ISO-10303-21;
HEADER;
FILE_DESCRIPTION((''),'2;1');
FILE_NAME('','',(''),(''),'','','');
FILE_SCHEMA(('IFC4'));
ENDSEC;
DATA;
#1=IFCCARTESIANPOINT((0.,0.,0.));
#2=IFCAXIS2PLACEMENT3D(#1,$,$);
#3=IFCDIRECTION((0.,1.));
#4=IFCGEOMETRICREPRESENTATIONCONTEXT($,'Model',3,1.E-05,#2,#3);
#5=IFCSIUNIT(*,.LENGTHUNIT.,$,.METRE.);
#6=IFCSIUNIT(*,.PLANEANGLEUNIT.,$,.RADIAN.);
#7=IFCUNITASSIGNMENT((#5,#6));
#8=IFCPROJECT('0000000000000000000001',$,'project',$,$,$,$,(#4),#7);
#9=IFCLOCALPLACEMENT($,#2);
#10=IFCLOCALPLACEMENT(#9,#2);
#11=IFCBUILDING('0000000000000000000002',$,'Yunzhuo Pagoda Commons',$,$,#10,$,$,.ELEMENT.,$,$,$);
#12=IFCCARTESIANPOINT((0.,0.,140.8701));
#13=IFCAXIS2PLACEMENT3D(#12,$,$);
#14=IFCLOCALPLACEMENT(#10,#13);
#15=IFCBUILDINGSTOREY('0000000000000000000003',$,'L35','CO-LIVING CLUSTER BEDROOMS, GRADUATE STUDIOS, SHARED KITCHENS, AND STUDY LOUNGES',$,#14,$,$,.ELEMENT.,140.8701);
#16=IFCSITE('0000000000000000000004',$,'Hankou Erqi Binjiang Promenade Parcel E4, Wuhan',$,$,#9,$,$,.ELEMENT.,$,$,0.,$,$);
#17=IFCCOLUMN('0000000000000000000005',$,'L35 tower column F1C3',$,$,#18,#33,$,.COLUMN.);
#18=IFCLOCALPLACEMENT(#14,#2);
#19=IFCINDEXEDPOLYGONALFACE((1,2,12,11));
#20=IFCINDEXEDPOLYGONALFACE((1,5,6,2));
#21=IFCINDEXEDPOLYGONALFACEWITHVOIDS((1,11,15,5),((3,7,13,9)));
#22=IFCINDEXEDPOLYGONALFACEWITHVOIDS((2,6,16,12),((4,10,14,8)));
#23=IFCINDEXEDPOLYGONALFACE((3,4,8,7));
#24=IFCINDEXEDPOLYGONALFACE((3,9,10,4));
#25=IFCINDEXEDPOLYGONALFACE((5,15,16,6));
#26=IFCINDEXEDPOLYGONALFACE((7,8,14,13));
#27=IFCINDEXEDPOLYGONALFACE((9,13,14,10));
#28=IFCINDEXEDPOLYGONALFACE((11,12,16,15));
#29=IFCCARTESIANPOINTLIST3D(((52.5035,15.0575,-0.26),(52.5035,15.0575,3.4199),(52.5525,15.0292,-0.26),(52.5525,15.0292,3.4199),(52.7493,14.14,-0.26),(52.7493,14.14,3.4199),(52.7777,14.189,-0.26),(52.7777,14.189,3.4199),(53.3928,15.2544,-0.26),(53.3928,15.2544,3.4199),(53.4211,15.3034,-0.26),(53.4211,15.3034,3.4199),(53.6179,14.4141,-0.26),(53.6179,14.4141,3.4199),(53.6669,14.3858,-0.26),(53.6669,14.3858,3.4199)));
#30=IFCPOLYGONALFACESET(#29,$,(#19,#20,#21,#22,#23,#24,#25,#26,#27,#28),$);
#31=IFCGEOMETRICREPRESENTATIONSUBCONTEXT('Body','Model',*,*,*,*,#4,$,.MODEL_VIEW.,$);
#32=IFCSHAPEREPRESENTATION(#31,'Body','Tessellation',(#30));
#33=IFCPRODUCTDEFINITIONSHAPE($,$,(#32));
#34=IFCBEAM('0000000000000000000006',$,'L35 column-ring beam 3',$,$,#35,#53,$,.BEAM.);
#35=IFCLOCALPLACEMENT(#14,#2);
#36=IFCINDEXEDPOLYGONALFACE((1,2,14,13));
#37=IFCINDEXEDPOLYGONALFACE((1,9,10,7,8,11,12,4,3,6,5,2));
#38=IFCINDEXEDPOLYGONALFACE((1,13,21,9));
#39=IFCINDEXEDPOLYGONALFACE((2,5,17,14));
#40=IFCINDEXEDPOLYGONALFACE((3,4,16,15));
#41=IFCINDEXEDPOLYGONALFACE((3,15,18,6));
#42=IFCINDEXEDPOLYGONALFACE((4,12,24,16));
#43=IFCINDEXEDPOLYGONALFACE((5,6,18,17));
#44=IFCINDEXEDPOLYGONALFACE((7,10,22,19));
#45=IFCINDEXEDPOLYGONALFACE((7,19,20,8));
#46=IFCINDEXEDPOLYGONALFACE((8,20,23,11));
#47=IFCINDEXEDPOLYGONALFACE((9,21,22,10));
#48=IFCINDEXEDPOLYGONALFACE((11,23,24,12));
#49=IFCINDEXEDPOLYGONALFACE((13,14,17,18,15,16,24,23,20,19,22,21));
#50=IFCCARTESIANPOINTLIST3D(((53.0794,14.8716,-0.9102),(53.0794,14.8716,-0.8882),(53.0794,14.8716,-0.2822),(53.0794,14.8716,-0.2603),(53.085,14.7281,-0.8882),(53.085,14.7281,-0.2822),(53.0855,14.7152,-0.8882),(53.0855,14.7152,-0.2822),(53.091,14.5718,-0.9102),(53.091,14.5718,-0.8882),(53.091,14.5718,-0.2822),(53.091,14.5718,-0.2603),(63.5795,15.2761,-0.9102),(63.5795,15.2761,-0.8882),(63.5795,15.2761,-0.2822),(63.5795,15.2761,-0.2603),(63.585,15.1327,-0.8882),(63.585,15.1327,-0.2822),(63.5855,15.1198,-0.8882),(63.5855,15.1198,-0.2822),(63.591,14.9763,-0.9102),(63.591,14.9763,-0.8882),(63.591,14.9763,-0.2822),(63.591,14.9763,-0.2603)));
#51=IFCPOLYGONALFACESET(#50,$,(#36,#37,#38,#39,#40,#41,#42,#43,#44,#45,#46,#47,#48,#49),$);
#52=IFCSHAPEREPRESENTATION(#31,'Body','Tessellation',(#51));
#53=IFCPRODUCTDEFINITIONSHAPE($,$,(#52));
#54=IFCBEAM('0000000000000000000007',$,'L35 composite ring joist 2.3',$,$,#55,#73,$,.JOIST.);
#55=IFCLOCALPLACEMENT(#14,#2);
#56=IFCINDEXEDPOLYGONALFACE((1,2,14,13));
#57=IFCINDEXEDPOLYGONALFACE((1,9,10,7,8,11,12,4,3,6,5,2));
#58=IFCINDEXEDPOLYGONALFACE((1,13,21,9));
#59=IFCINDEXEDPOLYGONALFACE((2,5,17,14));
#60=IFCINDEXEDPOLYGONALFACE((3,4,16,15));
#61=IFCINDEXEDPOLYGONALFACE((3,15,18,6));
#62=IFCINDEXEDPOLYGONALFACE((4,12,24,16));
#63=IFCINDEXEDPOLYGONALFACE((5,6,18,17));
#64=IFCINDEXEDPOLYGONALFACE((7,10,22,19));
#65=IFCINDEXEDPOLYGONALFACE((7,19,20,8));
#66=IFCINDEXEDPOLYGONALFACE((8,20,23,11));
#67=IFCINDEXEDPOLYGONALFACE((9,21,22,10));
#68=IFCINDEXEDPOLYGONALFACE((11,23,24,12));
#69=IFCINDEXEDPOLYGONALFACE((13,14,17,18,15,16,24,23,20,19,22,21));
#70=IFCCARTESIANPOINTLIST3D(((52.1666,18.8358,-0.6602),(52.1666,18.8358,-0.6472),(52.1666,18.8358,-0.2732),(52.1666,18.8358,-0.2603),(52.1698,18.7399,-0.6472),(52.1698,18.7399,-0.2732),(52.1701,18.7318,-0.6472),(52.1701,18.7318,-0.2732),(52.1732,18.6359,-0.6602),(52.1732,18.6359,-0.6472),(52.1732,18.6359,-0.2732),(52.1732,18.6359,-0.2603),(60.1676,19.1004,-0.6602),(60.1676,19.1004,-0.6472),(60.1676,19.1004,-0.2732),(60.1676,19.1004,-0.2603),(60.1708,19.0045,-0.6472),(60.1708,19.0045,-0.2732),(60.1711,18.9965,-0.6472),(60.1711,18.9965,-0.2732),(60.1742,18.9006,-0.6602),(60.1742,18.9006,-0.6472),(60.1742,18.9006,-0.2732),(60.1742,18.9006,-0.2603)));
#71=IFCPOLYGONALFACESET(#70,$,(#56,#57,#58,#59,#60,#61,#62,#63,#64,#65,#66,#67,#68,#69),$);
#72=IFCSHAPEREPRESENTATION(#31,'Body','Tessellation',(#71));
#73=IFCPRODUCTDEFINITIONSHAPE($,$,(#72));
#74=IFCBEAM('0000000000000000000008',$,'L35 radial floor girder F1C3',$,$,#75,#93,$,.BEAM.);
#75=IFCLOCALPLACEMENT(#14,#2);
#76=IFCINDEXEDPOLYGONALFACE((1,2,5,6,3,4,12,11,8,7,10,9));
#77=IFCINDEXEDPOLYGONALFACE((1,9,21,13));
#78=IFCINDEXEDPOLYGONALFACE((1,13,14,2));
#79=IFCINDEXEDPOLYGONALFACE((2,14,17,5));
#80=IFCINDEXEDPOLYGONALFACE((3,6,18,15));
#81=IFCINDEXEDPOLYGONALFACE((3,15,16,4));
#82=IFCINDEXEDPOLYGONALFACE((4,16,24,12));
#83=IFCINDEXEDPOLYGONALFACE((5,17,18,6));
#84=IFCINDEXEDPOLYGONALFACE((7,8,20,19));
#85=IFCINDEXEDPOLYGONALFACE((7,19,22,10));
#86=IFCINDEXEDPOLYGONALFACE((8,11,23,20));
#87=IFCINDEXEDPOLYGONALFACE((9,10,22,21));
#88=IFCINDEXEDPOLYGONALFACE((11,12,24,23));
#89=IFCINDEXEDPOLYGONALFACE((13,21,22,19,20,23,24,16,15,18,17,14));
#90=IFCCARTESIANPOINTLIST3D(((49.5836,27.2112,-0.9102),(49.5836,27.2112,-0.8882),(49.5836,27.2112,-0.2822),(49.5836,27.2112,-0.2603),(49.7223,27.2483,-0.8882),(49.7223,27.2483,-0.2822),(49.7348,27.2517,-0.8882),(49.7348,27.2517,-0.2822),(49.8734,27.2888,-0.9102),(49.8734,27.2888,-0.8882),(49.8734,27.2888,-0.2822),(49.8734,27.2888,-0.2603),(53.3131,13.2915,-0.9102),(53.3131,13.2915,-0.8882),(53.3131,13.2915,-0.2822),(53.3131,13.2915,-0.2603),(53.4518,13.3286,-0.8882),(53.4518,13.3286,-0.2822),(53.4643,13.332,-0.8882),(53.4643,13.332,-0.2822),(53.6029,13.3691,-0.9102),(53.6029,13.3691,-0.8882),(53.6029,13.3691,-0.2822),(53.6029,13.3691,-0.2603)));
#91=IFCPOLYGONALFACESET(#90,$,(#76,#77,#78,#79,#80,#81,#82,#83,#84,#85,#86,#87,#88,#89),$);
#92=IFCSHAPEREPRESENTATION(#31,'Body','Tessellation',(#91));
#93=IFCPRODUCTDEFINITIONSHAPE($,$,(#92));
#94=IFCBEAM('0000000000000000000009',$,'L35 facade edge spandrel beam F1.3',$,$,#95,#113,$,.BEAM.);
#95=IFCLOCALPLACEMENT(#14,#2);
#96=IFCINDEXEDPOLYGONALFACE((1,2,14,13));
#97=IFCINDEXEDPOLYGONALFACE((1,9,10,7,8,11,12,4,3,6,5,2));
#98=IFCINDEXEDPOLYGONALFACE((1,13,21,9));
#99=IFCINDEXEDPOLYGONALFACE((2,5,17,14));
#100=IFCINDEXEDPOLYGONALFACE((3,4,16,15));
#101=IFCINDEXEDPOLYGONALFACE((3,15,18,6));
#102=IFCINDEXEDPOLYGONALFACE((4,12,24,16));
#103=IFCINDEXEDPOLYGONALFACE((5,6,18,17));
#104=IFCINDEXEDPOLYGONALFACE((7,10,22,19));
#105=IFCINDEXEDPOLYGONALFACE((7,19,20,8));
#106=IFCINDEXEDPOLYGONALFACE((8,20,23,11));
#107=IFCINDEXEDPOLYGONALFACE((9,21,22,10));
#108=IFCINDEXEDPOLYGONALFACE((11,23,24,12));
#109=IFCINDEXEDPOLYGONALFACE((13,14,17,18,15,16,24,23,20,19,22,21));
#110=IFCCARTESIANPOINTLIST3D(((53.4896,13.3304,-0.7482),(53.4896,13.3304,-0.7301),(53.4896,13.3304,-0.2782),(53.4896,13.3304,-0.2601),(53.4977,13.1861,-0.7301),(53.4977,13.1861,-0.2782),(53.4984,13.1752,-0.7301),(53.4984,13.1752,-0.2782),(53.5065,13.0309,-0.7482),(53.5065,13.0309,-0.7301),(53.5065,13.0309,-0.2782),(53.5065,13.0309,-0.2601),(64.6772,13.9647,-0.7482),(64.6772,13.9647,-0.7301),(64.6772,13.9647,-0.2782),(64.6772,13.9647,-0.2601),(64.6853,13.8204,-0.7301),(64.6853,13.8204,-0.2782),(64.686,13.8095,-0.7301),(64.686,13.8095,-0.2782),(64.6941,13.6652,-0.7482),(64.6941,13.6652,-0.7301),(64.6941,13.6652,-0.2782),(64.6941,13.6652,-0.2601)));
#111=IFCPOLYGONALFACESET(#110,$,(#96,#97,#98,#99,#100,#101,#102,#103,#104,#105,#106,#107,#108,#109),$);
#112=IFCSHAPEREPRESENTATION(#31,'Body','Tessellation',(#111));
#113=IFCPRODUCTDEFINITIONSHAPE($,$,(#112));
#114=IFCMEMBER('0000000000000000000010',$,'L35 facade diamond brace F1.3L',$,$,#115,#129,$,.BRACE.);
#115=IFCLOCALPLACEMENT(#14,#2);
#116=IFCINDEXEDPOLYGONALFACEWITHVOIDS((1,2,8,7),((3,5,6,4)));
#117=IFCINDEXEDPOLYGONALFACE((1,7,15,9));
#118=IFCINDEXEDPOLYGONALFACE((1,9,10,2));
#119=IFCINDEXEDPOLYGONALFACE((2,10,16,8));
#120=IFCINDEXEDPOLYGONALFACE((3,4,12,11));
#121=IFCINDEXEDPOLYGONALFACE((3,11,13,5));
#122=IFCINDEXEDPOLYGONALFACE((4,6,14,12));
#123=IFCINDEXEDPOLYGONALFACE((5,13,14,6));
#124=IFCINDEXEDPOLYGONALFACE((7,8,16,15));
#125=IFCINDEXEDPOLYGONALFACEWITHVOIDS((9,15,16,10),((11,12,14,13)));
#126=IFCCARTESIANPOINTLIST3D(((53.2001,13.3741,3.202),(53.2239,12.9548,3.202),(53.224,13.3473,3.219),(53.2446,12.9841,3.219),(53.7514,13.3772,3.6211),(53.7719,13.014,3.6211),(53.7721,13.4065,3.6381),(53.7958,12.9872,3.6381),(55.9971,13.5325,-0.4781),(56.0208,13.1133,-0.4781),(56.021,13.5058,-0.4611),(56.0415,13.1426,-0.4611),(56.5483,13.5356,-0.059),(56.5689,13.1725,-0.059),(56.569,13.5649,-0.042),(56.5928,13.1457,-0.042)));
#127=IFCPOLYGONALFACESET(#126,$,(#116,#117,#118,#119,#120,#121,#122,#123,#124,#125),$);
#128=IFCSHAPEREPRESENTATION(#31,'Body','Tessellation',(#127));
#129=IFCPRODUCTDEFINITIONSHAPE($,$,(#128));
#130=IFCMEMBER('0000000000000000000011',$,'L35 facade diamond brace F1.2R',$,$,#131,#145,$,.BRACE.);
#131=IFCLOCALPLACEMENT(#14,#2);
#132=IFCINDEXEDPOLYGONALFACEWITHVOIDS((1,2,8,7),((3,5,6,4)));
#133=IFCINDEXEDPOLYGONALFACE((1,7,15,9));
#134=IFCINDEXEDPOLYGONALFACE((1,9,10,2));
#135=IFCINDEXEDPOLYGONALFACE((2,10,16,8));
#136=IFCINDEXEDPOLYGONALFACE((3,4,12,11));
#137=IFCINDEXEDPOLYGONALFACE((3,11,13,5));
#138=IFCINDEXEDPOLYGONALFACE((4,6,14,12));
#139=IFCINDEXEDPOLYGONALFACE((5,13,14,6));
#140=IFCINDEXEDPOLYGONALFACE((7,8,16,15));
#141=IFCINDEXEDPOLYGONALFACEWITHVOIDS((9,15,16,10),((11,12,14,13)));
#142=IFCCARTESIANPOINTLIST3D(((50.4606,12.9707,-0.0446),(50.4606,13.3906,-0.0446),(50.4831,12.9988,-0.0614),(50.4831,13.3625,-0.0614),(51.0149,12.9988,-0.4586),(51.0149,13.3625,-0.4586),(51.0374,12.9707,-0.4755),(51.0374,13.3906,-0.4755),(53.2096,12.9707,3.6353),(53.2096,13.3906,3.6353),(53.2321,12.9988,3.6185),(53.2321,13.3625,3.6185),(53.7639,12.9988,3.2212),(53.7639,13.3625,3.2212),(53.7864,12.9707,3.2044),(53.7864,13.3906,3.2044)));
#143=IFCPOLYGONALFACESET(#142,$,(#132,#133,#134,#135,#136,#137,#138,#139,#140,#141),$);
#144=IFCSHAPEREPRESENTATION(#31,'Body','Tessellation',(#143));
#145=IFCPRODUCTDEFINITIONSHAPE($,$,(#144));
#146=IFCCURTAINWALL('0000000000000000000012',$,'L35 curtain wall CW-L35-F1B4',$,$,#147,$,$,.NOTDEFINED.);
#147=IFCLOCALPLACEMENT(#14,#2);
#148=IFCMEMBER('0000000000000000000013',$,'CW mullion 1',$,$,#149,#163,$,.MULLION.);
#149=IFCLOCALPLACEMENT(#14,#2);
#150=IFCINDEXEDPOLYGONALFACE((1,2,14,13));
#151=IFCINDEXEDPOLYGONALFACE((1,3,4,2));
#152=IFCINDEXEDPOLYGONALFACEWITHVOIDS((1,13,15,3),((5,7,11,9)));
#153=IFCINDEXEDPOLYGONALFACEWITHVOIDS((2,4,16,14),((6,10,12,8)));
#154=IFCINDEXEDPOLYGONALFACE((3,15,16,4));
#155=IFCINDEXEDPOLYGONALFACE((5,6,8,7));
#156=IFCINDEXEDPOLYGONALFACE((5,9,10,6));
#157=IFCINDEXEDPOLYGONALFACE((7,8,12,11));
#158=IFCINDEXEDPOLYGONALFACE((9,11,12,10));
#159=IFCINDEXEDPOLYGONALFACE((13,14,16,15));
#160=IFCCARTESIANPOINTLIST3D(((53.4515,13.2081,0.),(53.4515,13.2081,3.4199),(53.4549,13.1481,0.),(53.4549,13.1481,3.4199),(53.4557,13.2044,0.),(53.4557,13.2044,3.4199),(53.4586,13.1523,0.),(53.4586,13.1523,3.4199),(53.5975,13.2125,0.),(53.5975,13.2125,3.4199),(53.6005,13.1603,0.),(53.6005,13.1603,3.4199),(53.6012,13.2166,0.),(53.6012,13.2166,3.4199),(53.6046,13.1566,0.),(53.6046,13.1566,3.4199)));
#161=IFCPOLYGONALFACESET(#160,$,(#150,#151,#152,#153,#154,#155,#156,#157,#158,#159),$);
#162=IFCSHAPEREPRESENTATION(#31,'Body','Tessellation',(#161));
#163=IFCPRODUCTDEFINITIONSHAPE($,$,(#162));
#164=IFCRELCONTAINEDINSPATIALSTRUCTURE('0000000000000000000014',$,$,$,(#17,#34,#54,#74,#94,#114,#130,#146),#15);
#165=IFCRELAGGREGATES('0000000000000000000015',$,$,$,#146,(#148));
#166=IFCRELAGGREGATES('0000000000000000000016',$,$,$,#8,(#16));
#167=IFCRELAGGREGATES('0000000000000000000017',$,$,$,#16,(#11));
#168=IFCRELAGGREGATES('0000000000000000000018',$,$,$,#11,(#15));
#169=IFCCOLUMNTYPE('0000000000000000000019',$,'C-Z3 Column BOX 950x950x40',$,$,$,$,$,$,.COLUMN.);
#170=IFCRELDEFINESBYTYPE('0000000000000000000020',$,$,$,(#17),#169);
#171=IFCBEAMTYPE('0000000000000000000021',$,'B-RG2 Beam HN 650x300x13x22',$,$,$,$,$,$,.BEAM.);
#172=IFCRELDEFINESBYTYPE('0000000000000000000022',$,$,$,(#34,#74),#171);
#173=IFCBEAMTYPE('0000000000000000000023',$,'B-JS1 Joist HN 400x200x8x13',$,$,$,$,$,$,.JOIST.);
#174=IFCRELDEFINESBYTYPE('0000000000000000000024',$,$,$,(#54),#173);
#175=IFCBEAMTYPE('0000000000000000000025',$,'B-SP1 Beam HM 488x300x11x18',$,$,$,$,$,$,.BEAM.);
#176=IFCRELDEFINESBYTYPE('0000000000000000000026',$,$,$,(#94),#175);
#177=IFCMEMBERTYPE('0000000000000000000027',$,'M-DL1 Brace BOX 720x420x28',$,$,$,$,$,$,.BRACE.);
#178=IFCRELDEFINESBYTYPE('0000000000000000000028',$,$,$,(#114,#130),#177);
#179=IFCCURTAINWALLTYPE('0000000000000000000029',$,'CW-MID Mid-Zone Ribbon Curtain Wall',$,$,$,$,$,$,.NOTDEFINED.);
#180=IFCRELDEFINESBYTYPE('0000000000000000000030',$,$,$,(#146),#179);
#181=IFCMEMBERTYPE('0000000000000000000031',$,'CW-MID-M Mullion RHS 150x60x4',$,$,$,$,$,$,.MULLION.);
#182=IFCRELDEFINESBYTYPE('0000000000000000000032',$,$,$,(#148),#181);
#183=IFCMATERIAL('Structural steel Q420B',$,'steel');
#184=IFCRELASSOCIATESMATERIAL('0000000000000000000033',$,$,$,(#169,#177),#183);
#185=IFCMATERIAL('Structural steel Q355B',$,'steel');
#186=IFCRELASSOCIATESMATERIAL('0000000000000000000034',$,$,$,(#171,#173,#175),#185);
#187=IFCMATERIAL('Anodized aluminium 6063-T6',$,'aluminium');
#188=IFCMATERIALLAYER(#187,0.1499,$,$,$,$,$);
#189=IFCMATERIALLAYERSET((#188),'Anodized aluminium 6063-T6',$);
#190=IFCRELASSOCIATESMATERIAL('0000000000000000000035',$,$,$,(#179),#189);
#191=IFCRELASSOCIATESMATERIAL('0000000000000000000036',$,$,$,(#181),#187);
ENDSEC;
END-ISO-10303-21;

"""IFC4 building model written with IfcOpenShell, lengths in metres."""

from ifc_helpers import new_model, si_unit, direction, frame, origin, origin_2d, place, context, subcontext, project, spatial, hollow_rectangle, i_section, extrude, source, transform, mapped, material, layer, layer_set, material_profile, profile_set, type_object, element, aggregate, save


model = new_model("IFC4")

# Units and contexts
model_context = context("Model", 3, precision=1e-05, world=origin(), true_north=direction((0.0, 1.0)))
body_context = subcontext(model_context, "Body", "Model", "MODEL_VIEW")
ifc_project = project(units=[si_unit("LENGTHUNIT", "METRE"), si_unit("PLANEANGLEUNIT", "RADIAN")], contexts=[model_context])

# Site, building, storey
site_placement = place(None, origin())
site = spatial("IfcSite", under=ifc_project, at=site_placement, Name="Hankou Erqi Binjiang Promenade Parcel E4, Wuhan", CompositionType="ELEMENT", RefElevation=0.0)
building_placement = place(site_placement, origin())
building = spatial("IfcBuilding", under=site, at=building_placement, Name="Yunzhuo Pagoda Commons", CompositionType="ELEMENT")
storey_placement = place(building_placement, frame((0.0, 0.0, 140.8701)))
storey = spatial("IfcBuildingStorey", under=building, at=storey_placement, Name="L35", Description="CO-LIVING CLUSTER BEDROOMS, GRADUATE STUDIOS, SHARED KITCHENS, AND STUDY LOUNGES", CompositionType="ELEMENT", Elevation=140.8701)

# Column
ifc_material_1 = material(Name="Structural steel Q420B", Category="steel")
ifc_material_profile_1 = material_profile(ifc_material_1, hollow_rectangle(XDim=0.95, YDim=0.95, WallThickness=0.04, at=origin_2d()), Name="Structural steel Q420B")
ifc_profile_set_1 = profile_set([ifc_material_profile_1], Name="Structural steel Q420B")
column_type = type_object("IfcColumnType", Name="C-Z3 Column BOX 950x950x40", PredefinedType="COLUMN", material=ifc_profile_set_1)
shared_shape_1 = source(origin(), body_context, "Body", "SweptSolid", [
    extrude(hollow_rectangle(XDim=0.95, YDim=0.95, WallThickness=0.04, at=origin_2d()), origin(), (0.0, 0.0, 1.0), 3.6799),
])
column_placement = place(storey_placement, frame((53.0852, 14.7217, -0.26), z_axis=(0.0, 0.0, 1.0), x_axis=(0.965926, 0.258819, 0.0)))
element("IfcColumn", 1, at=column_placement, inside=storey, type_object=column_type, Name="L35 tower column F1C3", PredefinedType="COLUMN", context=body_context, shape_type="MappedRepresentation", body=[
    mapped(shared_shape_1, transform((0.0, 0.0, 0.0), scale=1.0)),
])

# Beams
ifc_material_2 = material(Name="Structural steel Q355B", Category="steel")
ifc_material_profile_2 = material_profile(ifc_material_2, i_section(OverallWidth=0.3, OverallDepth=0.6499, WebThickness=0.0129, FlangeThickness=0.022, at=origin_2d()), Name="Structural steel Q355B")
ifc_profile_set_2 = profile_set([ifc_material_profile_2], Name="Structural steel Q355B")
beam_type_1 = type_object("IfcBeamType", Name="B-RG2 Beam HN 650x300x13x22", PredefinedType="BEAM", material=ifc_profile_set_2)
shared_shape_2 = source(origin(), body_context, "Body", "SweptSolid", [
    extrude(i_section(OverallWidth=0.3, OverallDepth=0.6499, WebThickness=0.0129, FlangeThickness=0.022, at=origin_2d()), origin(), (0.0, 0.0, 1.0), 10.5078),
])
beam_1_placement = place(storey_placement, frame((53.0852, 14.7217, -0.5852), z_axis=(0.999259, 0.038499, 0.0), x_axis=(-0.038499, 0.999259, 0.0)))
element("IfcBeam", 2, at=beam_1_placement, inside=storey, type_object=beam_type_1, Name="L35 column-ring beam 3", PredefinedType="BEAM", context=body_context, shape_type="MappedRepresentation", body=[
    mapped(shared_shape_2, transform((0.0, 0.0, 0.0), scale=1.0)),
])
ifc_material_profile_3 = material_profile(ifc_material_2, i_section(OverallWidth=0.2, OverallDepth=0.3999, WebThickness=0.0081, FlangeThickness=0.0129, at=origin_2d()), Name="Structural steel Q355B")
ifc_profile_set_3 = profile_set([ifc_material_profile_3], Name="Structural steel Q355B")
beam_type_2 = type_object("IfcBeamType", Name="B-JS1 Joist HN 400x200x8x13", PredefinedType="JOIST", material=ifc_profile_set_3)
shared_shape_3 = source(origin(), body_context, "Body", "SweptSolid", [
    extrude(i_section(OverallWidth=0.2, OverallDepth=0.3999, WebThickness=0.0081, FlangeThickness=0.0129, at=origin_2d()), origin(), (0.0, 0.0, 1.0), 8.0054),
])
beam_2_placement = place(storey_placement, frame((52.1699, 18.7358, -0.4602), z_axis=(0.999453, 0.033059, 0.0), x_axis=(-0.033059, 0.999453, 0.0)))
element("IfcBeam", 3, at=beam_2_placement, inside=storey, type_object=beam_type_2, Name="L35 composite ring joist 2.3", PredefinedType="JOIST", context=body_context, shape_type="MappedRepresentation", body=[
    mapped(shared_shape_3, transform((0.0, 0.0, 0.0), scale=1.0)),
])
shared_shape_4 = source(origin(), body_context, "Body", "SweptSolid", [
    extrude(i_section(OverallWidth=0.3, OverallDepth=0.6499, WebThickness=0.0129, FlangeThickness=0.022, at=origin_2d()), origin(), (0.0, 0.0, 1.0), 14.4106),
])
beam_3_placement = place(storey_placement, frame((53.458, 13.3303, -0.5852), z_axis=(-0.258801, 0.965931, 0.0), x_axis=(-0.965931, -0.258801, 0.0)))
element("IfcBeam", 4, at=beam_3_placement, inside=storey, type_object=beam_type_1, Name="L35 radial floor girder F1C3", PredefinedType="BEAM", context=body_context, shape_type="MappedRepresentation", body=[
    mapped(shared_shape_4, transform((0.0, 0.0, 0.0), scale=1.0)),
])
ifc_material_profile_4 = material_profile(ifc_material_2, i_section(OverallWidth=0.3, OverallDepth=0.488, WebThickness=0.011, FlangeThickness=0.0181, at=origin_2d()), Name="Structural steel Q355B")
ifc_profile_set_4 = profile_set([ifc_material_profile_4], Name="Structural steel Q355B")
beam_type_3 = type_object("IfcBeamType", Name="B-SP1 Beam HM 488x300x11x18", PredefinedType="BEAM", material=ifc_profile_set_4)
shared_shape_5 = source(origin(), body_context, "Body", "SweptSolid", [
    extrude(i_section(OverallWidth=0.3, OverallDepth=0.488, WebThickness=0.011, FlangeThickness=0.0181, at=origin_2d()), origin(), (0.0, 0.0, 1.0), 11.2056),
])
beam_4_placement = place(storey_placement, frame((53.498, 13.1807, -0.5042), z_axis=(0.998397, 0.056604, 0.0), x_axis=(-0.056604, 0.998397, 0.0)))
element("IfcBeam", 5, at=beam_4_placement, inside=storey, type_object=beam_type_3, Name="L35 facade edge spandrel beam F1.3", PredefinedType="BEAM", context=body_context, shape_type="MappedRepresentation", body=[
    mapped(shared_shape_5, transform((0.0, 0.0, 0.0), scale=1.0)),
])

# Members
ifc_material_profile_5 = material_profile(ifc_material_1, hollow_rectangle(XDim=0.4199, YDim=0.72, WallThickness=0.0281, at=origin_2d()), Name="Structural steel Q420B")
ifc_profile_set_5 = profile_set([ifc_material_profile_5], Name="Structural steel Q420B")
member_type_1 = type_object("IfcMemberType", Name="M-DL1 Brace BOX 720x420x28", PredefinedType="BRACE", material=ifc_profile_set_5)
shared_shape_6 = source(origin(), body_context, "Body", "SweptSolid", [
    extrude(hollow_rectangle(XDim=0.4199, YDim=0.72, WallThickness=0.0281, at=origin_2d()), origin(), (0.0, 0.0, 1.0), 4.625),
])
member_1_placement = place(storey_placement, frame((56.2949, 13.3391, -0.26), z_axis=(-0.604745, -0.03426, 0.795682), x_axis=(0.056561, -0.998399, 0.0)))
element("IfcMember", 6, at=member_1_placement, inside=storey, type_object=member_type_1, Name="L35 facade diamond brace F1.3L", PredefinedType="BRACE", context=body_context, shape_type="MappedRepresentation", body=[
    mapped(shared_shape_6, transform((0.0, 0.0, 0.0), scale=1.0)),
])
shared_shape_7 = source(origin(), body_context, "Body", "SweptSolid", [
    extrude(hollow_rectangle(XDim=0.4199, YDim=0.72, WallThickness=0.0281, at=origin_2d()), origin(), (0.0, 0.0, 1.0), 4.5933),
])
member_2_placement = place(storey_placement, frame((50.749, 13.1807, -0.26), z_axis=(0.598477, 0.0, 0.80114), x_axis=(0.0, 1.0, 0.0)))
element("IfcMember", 7, at=member_2_placement, inside=storey, type_object=member_type_1, Name="L35 facade diamond brace F1.2R", PredefinedType="BRACE", context=body_context, shape_type="MappedRepresentation", body=[
    mapped(shared_shape_7, transform((0.0, 0.0, 0.0), scale=1.0)),
])

# Curtain wall, member
ifc_material_3 = material(Name="Anodized aluminium 6063-T6", Category="aluminium")
ifc_layer_1 = layer(ifc_material_3, 0.1499)
ifc_layer_set_1 = layer_set([ifc_layer_1], Name="Anodized aluminium 6063-T6")
curtain_wall_type = type_object("IfcCurtainWallType", Name="CW-MID Mid-Zone Ribbon Curtain Wall", PredefinedType="NOTDEFINED", material=ifc_layer_set_1)
curtain_wall_1_placement = place(storey_placement, origin())
curtain_wall_1 = element("IfcCurtainWall", 8, at=curtain_wall_1_placement, inside=storey, type_object=curtain_wall_type, Name="L35 curtain wall CW-L35-F1B4", PredefinedType="NOTDEFINED")
ifc_material_profile_6 = material_profile(ifc_material_3, hollow_rectangle(XDim=0.0601, YDim=0.1499, WallThickness=0.0039, at=origin_2d()), Name="Anodized aluminium 6063-T6")
ifc_profile_set_6 = profile_set([ifc_material_profile_6], Name="Anodized aluminium 6063-T6")
member_type_2 = type_object("IfcMemberType", Name="CW-MID-M Mullion RHS 150x60x4", PredefinedType="MULLION", material=ifc_profile_set_6)
shared_shape_8 = source(origin(), body_context, "Body", "SweptSolid", [
    extrude(hollow_rectangle(XDim=0.0601, YDim=0.1499, WallThickness=0.0039, at=origin_2d()), origin(), (0.0, 0.0, 1.0), 3.4199),
])
member_3_placement = place(storey_placement, frame((53.5281, 13.1824, 0.0), z_axis=(0.0, 0.0, 1.0), x_axis=(-0.056597, 0.998397, 0.0)))
member_3 = element("IfcMember", 9, at=member_3_placement, type_object=member_type_2, Name="CW mullion 1", PredefinedType="MULLION", context=body_context, shape_type="MappedRepresentation", body=[
    mapped(shared_shape_8, transform((0.0, 0.0, 0.0), scale=1.0)),
])

aggregate(curtain_wall_1, [member_3])

save(model, "model.ifc")
